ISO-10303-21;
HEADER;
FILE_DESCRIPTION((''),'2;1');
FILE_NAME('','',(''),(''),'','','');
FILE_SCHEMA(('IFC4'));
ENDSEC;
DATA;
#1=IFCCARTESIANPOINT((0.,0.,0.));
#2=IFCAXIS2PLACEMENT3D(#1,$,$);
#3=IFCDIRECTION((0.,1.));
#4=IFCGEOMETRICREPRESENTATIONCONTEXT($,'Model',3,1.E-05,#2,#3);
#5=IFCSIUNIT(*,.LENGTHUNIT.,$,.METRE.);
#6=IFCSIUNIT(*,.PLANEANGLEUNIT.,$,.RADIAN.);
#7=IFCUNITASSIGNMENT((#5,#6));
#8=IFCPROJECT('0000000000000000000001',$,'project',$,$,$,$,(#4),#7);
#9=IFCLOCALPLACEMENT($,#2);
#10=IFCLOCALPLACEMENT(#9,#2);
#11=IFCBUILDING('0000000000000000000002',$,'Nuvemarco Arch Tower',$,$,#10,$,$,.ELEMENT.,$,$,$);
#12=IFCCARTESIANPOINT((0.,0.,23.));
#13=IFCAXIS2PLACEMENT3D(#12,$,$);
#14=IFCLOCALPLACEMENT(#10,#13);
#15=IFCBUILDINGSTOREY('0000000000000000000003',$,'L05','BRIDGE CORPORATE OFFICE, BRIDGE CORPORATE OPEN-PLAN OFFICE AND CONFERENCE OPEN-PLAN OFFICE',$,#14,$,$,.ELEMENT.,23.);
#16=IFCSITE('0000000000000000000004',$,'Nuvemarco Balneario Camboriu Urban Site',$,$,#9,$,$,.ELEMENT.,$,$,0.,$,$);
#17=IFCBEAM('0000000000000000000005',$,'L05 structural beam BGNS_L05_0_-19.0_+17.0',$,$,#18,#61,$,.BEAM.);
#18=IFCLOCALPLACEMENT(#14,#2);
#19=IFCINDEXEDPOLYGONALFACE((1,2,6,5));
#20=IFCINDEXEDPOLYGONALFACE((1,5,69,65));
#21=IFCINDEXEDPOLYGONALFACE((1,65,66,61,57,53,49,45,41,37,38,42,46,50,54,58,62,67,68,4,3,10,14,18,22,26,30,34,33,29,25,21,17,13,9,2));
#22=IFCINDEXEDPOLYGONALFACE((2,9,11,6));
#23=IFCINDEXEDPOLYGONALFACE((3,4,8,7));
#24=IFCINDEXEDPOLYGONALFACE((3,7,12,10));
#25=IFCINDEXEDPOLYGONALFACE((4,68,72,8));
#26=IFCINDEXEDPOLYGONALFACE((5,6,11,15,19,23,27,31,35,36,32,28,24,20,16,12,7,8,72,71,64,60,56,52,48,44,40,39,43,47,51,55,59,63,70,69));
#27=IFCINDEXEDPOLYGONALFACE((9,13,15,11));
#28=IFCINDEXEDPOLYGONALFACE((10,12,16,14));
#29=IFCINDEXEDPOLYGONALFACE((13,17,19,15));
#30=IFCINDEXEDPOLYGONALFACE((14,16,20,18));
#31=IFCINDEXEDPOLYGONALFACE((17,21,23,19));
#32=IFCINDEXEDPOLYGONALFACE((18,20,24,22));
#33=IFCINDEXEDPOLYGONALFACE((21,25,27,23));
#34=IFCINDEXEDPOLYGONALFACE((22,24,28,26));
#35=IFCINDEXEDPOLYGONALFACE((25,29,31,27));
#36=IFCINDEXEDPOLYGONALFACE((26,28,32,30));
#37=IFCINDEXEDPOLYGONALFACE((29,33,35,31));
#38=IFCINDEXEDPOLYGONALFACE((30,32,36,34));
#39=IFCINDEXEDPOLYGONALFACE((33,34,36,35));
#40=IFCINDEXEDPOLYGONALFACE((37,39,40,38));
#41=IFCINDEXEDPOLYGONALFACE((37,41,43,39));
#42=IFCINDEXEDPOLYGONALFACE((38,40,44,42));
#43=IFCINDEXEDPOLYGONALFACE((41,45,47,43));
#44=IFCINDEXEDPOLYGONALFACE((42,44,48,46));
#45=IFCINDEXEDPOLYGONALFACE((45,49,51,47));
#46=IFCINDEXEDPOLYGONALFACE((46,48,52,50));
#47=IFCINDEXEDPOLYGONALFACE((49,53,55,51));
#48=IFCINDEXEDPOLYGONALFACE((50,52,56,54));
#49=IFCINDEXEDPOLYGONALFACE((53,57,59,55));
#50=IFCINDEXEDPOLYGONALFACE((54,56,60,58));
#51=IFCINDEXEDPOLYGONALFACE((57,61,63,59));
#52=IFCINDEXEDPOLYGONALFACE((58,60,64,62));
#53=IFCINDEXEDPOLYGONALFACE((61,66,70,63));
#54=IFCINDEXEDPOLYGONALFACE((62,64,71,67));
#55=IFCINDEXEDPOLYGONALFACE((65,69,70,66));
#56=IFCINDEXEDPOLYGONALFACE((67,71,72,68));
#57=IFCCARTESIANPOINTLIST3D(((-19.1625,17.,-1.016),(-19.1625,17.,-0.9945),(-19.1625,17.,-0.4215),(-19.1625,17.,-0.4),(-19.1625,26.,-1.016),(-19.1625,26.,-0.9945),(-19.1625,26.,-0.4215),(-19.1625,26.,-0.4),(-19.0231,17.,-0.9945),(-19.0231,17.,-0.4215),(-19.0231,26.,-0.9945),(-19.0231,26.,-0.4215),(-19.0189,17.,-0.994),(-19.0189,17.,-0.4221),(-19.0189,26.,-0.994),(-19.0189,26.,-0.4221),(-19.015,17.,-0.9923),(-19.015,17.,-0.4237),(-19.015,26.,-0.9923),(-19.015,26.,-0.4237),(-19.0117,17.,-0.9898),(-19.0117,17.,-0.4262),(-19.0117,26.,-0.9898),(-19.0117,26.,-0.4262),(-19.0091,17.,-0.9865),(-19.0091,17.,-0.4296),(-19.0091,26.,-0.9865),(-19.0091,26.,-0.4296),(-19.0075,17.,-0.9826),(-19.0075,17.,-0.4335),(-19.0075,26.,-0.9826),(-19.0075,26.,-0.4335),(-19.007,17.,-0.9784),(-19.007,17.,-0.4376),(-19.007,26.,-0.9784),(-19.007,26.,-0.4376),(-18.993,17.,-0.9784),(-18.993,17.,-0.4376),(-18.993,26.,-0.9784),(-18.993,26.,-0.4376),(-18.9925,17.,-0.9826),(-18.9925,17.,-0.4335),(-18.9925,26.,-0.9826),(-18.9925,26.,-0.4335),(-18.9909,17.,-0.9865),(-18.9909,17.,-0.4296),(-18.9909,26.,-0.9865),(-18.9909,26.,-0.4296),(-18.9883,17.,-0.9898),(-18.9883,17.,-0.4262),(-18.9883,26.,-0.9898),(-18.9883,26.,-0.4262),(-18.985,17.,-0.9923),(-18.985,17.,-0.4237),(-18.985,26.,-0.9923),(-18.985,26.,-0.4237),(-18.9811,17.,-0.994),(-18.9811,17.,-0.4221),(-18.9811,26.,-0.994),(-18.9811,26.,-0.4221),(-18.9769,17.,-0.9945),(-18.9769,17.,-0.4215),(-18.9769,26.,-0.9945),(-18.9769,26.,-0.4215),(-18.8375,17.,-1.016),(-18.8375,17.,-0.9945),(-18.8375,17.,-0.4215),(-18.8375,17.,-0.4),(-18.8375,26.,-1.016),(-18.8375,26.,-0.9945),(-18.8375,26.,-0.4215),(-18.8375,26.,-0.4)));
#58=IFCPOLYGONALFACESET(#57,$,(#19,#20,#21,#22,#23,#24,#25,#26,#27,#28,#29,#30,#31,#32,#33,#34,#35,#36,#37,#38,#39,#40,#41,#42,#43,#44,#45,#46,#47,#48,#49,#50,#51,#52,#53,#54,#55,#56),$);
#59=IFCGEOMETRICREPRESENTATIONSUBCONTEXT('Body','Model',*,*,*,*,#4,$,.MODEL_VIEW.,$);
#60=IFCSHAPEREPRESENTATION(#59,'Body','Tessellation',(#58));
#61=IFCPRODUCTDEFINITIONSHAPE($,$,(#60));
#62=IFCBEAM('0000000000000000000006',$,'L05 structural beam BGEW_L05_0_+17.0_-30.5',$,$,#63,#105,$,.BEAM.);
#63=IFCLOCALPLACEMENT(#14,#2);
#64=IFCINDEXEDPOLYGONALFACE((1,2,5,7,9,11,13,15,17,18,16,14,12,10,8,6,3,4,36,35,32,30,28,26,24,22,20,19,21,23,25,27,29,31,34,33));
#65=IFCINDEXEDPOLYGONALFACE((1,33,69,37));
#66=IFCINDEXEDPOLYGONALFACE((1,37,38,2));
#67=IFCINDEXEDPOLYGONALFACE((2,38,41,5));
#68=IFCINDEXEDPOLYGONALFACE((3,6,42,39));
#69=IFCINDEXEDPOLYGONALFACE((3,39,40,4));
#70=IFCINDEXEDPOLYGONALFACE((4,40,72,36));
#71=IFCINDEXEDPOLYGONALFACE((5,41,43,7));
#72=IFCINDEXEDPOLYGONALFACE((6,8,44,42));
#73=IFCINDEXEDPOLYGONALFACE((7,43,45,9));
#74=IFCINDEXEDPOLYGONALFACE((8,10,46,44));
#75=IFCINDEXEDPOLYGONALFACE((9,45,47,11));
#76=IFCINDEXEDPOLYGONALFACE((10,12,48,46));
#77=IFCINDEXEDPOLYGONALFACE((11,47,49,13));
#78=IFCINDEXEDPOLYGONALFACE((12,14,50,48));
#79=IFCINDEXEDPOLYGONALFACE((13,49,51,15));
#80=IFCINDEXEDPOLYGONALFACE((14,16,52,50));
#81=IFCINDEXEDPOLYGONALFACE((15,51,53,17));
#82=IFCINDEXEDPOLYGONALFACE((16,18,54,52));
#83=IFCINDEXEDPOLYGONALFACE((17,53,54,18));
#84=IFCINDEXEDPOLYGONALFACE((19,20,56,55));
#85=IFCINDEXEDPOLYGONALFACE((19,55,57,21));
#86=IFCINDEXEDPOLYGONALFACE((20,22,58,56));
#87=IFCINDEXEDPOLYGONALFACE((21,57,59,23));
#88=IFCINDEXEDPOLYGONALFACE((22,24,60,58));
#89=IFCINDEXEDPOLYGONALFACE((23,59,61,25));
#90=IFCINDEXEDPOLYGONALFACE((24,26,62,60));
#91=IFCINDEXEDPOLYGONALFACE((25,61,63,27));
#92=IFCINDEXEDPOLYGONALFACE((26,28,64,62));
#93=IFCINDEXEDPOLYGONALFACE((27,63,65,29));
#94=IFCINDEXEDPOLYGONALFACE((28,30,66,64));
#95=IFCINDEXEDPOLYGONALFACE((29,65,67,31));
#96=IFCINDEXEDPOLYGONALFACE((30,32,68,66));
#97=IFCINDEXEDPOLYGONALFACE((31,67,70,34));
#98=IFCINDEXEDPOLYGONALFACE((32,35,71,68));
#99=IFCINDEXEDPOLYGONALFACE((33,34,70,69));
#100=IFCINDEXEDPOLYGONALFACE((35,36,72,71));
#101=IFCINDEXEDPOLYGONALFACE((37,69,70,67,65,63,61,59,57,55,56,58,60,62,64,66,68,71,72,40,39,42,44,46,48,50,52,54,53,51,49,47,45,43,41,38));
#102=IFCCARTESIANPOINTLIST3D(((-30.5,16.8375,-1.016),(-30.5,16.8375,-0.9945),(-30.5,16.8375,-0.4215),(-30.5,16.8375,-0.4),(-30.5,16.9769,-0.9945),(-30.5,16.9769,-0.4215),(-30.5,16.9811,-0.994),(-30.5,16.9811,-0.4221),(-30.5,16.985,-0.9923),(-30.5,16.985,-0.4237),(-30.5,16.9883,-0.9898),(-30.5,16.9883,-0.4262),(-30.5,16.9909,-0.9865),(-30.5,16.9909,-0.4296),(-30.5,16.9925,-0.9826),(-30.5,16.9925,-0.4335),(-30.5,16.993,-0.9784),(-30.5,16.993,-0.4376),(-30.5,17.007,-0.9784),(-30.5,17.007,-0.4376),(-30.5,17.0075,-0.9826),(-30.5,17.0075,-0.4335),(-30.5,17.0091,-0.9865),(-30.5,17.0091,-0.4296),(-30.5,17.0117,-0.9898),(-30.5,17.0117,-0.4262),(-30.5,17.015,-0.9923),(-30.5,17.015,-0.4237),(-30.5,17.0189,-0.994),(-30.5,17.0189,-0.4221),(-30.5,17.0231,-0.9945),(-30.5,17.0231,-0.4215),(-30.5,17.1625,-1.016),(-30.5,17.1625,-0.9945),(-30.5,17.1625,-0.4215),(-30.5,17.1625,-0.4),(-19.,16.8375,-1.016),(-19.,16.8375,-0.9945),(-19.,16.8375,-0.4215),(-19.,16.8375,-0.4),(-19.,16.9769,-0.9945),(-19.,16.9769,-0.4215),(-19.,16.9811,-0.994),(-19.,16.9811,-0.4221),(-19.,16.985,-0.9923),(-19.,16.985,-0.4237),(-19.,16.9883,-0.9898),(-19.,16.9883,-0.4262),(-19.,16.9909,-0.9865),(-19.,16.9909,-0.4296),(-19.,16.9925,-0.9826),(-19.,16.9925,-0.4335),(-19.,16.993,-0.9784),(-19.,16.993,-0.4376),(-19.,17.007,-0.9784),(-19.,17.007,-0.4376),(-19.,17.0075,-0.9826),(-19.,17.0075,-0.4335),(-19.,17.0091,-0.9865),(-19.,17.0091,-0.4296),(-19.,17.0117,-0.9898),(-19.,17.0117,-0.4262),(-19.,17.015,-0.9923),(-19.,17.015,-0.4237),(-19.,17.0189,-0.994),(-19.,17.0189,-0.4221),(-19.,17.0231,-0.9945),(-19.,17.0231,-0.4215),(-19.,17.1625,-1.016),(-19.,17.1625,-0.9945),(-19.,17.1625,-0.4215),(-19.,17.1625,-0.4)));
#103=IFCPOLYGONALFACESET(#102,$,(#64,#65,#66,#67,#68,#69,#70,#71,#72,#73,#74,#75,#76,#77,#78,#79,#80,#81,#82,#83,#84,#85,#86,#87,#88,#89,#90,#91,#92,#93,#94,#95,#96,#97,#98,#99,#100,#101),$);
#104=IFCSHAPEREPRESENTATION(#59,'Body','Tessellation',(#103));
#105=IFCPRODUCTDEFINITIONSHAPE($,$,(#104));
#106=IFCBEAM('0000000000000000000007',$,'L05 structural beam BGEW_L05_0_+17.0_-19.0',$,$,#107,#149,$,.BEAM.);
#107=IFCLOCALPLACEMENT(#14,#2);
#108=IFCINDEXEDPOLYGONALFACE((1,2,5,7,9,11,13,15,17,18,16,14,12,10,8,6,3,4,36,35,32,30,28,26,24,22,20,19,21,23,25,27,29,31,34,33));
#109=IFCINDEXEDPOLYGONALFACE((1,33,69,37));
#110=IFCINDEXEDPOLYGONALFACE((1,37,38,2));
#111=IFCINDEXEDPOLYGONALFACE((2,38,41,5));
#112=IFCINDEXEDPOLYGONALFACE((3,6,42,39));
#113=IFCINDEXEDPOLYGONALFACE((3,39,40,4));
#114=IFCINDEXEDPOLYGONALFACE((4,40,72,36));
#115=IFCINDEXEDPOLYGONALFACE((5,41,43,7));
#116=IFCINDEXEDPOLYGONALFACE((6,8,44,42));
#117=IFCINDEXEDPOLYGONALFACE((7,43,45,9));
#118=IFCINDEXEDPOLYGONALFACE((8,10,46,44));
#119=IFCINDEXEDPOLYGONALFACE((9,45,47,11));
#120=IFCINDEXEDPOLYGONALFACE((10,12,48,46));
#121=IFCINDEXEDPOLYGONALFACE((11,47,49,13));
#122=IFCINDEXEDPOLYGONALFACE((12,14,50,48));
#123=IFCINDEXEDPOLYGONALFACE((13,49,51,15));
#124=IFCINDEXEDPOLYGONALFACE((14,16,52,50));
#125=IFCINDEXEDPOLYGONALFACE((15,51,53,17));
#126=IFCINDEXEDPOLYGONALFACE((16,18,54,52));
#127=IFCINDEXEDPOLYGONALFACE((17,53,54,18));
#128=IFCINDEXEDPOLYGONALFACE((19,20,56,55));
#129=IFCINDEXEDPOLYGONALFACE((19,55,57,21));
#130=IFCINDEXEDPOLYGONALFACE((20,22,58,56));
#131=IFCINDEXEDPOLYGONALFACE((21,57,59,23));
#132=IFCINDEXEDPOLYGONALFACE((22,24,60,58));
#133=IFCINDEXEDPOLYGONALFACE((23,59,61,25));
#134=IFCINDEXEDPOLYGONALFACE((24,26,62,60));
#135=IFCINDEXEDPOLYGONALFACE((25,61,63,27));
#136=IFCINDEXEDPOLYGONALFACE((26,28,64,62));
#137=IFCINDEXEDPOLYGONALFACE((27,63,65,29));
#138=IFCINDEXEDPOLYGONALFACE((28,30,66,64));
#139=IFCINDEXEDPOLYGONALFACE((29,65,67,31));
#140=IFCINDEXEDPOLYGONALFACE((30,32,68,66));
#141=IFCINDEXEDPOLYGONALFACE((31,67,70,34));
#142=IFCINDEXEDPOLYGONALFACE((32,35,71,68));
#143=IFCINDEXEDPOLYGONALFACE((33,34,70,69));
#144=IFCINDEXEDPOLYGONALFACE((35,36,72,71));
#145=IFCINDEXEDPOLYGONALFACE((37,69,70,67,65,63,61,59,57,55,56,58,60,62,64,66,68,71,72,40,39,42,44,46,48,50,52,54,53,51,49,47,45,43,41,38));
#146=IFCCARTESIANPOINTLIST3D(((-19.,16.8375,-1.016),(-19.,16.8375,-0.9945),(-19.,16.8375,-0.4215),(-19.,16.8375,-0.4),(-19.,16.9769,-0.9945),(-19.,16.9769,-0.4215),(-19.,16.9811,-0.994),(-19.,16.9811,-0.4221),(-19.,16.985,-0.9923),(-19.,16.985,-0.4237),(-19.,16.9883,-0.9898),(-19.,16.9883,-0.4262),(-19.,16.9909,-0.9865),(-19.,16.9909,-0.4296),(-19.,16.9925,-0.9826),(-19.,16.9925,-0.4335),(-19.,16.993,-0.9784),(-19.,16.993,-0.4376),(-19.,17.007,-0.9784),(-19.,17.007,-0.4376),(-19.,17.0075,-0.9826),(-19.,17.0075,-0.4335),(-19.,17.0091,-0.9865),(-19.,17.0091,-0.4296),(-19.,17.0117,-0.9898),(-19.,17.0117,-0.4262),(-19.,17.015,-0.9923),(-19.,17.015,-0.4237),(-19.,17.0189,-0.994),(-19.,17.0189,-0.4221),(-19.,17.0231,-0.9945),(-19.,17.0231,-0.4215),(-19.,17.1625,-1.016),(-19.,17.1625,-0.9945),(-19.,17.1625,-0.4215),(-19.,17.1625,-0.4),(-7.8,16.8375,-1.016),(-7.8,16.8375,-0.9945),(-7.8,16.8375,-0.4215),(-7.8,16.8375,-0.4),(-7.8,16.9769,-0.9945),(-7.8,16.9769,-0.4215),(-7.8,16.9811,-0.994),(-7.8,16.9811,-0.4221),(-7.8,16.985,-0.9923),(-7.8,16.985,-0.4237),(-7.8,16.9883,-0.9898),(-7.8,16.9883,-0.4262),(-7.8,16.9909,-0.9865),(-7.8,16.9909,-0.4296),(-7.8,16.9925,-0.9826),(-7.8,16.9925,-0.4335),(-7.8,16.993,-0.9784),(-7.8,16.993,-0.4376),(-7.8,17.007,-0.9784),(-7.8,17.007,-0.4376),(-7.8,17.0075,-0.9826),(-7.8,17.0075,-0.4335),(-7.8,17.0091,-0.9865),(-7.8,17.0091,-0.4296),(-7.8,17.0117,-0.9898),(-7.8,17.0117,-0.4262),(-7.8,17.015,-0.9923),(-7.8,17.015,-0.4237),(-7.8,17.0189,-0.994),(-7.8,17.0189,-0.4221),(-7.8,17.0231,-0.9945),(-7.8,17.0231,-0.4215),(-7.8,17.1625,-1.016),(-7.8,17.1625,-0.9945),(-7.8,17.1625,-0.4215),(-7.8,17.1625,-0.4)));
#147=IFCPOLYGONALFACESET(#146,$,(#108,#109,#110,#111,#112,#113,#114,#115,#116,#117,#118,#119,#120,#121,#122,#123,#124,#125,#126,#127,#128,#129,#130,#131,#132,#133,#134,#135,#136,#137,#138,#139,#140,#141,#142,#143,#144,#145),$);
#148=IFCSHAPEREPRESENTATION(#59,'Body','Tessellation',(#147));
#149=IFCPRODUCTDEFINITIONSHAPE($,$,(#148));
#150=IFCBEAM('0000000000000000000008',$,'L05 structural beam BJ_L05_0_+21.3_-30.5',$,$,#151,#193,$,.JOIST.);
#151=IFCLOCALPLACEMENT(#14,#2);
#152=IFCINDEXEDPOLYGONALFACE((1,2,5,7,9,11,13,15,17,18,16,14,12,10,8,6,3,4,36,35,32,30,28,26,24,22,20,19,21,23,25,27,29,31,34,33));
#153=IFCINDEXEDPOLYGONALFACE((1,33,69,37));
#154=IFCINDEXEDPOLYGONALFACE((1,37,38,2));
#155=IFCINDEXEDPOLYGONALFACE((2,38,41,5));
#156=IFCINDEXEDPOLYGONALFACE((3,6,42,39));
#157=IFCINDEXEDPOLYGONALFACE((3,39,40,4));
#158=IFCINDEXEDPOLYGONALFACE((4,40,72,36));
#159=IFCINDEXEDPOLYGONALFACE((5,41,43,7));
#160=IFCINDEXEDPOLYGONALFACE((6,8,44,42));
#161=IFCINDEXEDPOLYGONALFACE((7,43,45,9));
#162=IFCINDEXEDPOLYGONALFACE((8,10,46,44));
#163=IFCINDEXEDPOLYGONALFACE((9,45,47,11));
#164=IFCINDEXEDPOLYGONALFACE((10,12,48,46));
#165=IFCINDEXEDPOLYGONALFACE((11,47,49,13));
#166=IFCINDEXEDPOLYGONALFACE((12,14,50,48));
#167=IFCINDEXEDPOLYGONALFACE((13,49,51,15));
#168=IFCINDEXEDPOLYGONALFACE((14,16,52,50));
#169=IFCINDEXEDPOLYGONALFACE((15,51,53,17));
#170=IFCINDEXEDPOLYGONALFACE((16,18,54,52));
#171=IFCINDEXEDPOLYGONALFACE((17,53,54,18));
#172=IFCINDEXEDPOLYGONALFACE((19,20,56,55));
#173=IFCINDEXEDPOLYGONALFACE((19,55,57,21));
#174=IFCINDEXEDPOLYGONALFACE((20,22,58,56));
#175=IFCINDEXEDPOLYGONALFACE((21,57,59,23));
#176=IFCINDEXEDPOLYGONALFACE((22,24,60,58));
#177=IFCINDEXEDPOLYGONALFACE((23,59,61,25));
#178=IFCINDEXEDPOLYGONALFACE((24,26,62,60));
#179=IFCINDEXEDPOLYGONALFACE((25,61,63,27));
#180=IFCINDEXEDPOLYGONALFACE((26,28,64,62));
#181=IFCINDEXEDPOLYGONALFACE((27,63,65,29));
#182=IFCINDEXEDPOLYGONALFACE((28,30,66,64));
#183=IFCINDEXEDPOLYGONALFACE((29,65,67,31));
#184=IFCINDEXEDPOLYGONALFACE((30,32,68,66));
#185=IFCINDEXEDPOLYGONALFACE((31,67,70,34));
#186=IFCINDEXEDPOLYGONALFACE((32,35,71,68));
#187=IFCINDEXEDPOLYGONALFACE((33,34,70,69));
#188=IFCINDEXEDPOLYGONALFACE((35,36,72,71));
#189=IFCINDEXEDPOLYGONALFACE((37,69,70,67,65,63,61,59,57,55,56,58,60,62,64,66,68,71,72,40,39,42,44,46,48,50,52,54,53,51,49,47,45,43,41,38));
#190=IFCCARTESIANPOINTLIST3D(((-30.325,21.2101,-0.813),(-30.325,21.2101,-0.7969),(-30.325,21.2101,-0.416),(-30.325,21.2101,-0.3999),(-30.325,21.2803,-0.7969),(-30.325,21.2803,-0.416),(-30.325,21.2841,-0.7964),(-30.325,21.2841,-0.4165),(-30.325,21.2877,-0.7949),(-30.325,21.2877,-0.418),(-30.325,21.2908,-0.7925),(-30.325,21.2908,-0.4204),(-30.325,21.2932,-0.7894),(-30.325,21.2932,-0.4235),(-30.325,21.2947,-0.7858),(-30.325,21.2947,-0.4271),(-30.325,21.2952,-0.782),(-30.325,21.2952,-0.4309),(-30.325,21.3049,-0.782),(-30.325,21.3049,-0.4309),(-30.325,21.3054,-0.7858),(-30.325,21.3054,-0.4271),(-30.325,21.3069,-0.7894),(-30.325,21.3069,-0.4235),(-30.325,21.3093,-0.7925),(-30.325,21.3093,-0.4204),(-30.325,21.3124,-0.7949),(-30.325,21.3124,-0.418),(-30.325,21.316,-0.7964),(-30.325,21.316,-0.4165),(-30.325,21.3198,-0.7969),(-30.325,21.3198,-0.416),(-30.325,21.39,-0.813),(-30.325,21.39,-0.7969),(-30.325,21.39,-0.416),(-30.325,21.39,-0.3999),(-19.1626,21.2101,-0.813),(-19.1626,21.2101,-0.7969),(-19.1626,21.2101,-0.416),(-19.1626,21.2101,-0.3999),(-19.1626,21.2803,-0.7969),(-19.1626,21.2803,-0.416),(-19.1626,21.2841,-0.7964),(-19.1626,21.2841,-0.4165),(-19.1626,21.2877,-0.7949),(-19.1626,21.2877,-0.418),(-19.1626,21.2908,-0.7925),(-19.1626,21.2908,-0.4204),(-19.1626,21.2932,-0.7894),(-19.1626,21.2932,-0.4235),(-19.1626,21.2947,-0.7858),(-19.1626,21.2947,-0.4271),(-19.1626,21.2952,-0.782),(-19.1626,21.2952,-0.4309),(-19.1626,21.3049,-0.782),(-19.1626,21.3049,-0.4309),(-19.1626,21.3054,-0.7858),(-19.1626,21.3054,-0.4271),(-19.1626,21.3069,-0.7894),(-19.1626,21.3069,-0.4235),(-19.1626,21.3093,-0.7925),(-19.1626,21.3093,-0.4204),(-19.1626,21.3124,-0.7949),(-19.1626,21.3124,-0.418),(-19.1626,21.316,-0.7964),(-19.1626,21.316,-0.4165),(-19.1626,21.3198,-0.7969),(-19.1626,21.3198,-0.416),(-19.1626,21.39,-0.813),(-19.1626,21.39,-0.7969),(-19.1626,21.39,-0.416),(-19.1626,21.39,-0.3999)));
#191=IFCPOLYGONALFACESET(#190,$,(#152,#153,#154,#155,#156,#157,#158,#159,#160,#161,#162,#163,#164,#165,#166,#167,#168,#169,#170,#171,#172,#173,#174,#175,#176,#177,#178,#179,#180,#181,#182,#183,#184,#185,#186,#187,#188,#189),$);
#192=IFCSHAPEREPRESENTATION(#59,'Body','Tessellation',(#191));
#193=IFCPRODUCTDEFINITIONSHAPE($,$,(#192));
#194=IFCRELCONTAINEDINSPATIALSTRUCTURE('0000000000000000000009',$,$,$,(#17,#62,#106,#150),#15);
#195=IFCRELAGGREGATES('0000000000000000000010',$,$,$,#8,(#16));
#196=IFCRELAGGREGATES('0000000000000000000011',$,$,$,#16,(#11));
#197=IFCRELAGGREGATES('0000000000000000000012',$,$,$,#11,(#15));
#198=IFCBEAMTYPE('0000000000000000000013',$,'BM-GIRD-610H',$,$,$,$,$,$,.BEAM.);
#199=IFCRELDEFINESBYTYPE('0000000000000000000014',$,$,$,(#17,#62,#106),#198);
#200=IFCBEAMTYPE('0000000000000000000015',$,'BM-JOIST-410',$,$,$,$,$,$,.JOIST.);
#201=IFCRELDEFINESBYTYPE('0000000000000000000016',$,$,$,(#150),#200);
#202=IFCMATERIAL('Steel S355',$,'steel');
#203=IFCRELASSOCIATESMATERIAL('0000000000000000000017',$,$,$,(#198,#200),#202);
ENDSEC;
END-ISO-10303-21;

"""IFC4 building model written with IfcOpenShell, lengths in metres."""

from ifc_helpers import new_model, si_unit, direction, frame, origin, origin_2d, place, context, subcontext, project, spatial, i_section, extrude, material, material_profile, profile_set, type_object, element, save


model = new_model("IFC4")

# Units and contexts
model_context = context("Model", 3, precision=1e-05, world=origin(), true_north=direction((0.0, 1.0)))
body_context = subcontext(model_context, "Body", "Model", "MODEL_VIEW")
ifc_project = project(units=[si_unit("LENGTHUNIT", "METRE"), si_unit("PLANEANGLEUNIT", "RADIAN")], contexts=[model_context])

# Site, building, storey
site_placement = place(None, origin())
site = spatial("IfcSite", under=ifc_project, at=site_placement, Name="Nuvemarco Balneario Camboriu Urban Site", CompositionType="ELEMENT", RefElevation=0.0)
building_placement = place(site_placement, origin())
building = spatial("IfcBuilding", under=site, at=building_placement, Name="Nuvemarco Arch Tower", CompositionType="ELEMENT")
storey_placement = place(building_placement, frame((0.0, 0.0, 23.0)))
storey = spatial("IfcBuildingStorey", under=building, at=storey_placement, Name="L05", Description="BRIDGE CORPORATE OFFICE, BRIDGE CORPORATE OPEN-PLAN OFFICE AND CONFERENCE OPEN-PLAN OFFICE", CompositionType="ELEMENT", Elevation=23.0)

# Beams
ifc_material_1 = material(Name="Steel S355", Category="steel")
ifc_material_profile_1 = material_profile(ifc_material_1, i_section(OverallWidth=0.325, OverallDepth=0.616, WebThickness=0.0139, FlangeThickness=0.0215, FilletRadius=0.0161, at=origin_2d()), Name="W610x174")
ifc_profile_set_1 = profile_set([ifc_material_profile_1], Name="Steel S355")
beam_type_1 = type_object("IfcBeamType", Name="BM-GIRD-610H", PredefinedType="BEAM", material=ifc_profile_set_1)
beam_1_placement = place(storey_placement, frame((-19.0, 17.0, -0.708), z_axis=(0.0, 1.0, 0.0), x_axis=(-1.0, 0.0, 0.0)))
element("IfcBeam", 1, at=beam_1_placement, inside=storey, type_object=beam_type_1, Name="L05 structural beam BGNS_L05_0_-19.0_+17.0", PredefinedType="BEAM", context=body_context, shape_type="SweptSolid", body=[
    extrude(i_section(OverallWidth=0.325, OverallDepth=0.616, WebThickness=0.0139, FlangeThickness=0.0215, FilletRadius=0.0161, at=origin_2d()), origin(), (0.0, 0.0, 1.0), 9.0),
])
beam_2_placement = place(storey_placement, frame((-30.5, 17.0, -0.708), z_axis=(1.0, 0.0, 0.0), x_axis=(0.0, 1.0, 0.0)))
element("IfcBeam", 2, at=beam_2_placement, inside=storey, type_object=beam_type_1, Name="L05 structural beam BGEW_L05_0_+17.0_-30.5", PredefinedType="BEAM", context=body_context, shape_type="SweptSolid", body=[
    extrude(i_section(OverallWidth=0.325, OverallDepth=0.616, WebThickness=0.0139, FlangeThickness=0.0215, FilletRadius=0.0161, at=origin_2d()), origin(), (0.0, 0.0, 1.0), 11.5),
])
beam_3_placement = place(storey_placement, frame((-19.0, 17.0, -0.708), z_axis=(1.0, 0.0, 0.0), x_axis=(0.0, 1.0, 0.0)))
element("IfcBeam", 3, at=beam_3_placement, inside=storey, type_object=beam_type_1, Name="L05 structural beam BGEW_L05_0_+17.0_-19.0", PredefinedType="BEAM", context=body_context, shape_type="SweptSolid", body=[
    extrude(i_section(OverallWidth=0.325, OverallDepth=0.616, WebThickness=0.0139, FlangeThickness=0.0215, FilletRadius=0.0161, at=origin_2d()), origin(), (0.0, 0.0, 1.0), 11.2),
])
ifc_material_profile_2 = material_profile(ifc_material_1, i_section(OverallWidth=0.1799, OverallDepth=0.4131, WebThickness=0.0098, FlangeThickness=0.0161, FilletRadius=0.0149, at=origin_2d()), Name="W410x75")
ifc_profile_set_2 = profile_set([ifc_material_profile_2], Name="Steel S355")
beam_type_2 = type_object("IfcBeamType", Name="BM-JOIST-410", PredefinedType="JOIST", material=ifc_profile_set_2)
beam_4_placement = place(storey_placement, frame((-30.325, 21.3, -0.6064), z_axis=(1.0, 0.0, 0.0), x_axis=(0.0, 1.0, 0.0)))
element("IfcBeam", 4, at=beam_4_placement, inside=storey, type_object=beam_type_2, Name="L05 structural beam BJ_L05_0_+21.3_-30.5", PredefinedType="JOIST", context=body_context, shape_type="SweptSolid", body=[
    extrude(i_section(OverallWidth=0.1799, OverallDepth=0.4131, WebThickness=0.0098, FlangeThickness=0.0161, FilletRadius=0.0149, at=origin_2d()), origin(), (0.0, 0.0, 1.0), 11.1624),
])

save(model, "model.ifc")
